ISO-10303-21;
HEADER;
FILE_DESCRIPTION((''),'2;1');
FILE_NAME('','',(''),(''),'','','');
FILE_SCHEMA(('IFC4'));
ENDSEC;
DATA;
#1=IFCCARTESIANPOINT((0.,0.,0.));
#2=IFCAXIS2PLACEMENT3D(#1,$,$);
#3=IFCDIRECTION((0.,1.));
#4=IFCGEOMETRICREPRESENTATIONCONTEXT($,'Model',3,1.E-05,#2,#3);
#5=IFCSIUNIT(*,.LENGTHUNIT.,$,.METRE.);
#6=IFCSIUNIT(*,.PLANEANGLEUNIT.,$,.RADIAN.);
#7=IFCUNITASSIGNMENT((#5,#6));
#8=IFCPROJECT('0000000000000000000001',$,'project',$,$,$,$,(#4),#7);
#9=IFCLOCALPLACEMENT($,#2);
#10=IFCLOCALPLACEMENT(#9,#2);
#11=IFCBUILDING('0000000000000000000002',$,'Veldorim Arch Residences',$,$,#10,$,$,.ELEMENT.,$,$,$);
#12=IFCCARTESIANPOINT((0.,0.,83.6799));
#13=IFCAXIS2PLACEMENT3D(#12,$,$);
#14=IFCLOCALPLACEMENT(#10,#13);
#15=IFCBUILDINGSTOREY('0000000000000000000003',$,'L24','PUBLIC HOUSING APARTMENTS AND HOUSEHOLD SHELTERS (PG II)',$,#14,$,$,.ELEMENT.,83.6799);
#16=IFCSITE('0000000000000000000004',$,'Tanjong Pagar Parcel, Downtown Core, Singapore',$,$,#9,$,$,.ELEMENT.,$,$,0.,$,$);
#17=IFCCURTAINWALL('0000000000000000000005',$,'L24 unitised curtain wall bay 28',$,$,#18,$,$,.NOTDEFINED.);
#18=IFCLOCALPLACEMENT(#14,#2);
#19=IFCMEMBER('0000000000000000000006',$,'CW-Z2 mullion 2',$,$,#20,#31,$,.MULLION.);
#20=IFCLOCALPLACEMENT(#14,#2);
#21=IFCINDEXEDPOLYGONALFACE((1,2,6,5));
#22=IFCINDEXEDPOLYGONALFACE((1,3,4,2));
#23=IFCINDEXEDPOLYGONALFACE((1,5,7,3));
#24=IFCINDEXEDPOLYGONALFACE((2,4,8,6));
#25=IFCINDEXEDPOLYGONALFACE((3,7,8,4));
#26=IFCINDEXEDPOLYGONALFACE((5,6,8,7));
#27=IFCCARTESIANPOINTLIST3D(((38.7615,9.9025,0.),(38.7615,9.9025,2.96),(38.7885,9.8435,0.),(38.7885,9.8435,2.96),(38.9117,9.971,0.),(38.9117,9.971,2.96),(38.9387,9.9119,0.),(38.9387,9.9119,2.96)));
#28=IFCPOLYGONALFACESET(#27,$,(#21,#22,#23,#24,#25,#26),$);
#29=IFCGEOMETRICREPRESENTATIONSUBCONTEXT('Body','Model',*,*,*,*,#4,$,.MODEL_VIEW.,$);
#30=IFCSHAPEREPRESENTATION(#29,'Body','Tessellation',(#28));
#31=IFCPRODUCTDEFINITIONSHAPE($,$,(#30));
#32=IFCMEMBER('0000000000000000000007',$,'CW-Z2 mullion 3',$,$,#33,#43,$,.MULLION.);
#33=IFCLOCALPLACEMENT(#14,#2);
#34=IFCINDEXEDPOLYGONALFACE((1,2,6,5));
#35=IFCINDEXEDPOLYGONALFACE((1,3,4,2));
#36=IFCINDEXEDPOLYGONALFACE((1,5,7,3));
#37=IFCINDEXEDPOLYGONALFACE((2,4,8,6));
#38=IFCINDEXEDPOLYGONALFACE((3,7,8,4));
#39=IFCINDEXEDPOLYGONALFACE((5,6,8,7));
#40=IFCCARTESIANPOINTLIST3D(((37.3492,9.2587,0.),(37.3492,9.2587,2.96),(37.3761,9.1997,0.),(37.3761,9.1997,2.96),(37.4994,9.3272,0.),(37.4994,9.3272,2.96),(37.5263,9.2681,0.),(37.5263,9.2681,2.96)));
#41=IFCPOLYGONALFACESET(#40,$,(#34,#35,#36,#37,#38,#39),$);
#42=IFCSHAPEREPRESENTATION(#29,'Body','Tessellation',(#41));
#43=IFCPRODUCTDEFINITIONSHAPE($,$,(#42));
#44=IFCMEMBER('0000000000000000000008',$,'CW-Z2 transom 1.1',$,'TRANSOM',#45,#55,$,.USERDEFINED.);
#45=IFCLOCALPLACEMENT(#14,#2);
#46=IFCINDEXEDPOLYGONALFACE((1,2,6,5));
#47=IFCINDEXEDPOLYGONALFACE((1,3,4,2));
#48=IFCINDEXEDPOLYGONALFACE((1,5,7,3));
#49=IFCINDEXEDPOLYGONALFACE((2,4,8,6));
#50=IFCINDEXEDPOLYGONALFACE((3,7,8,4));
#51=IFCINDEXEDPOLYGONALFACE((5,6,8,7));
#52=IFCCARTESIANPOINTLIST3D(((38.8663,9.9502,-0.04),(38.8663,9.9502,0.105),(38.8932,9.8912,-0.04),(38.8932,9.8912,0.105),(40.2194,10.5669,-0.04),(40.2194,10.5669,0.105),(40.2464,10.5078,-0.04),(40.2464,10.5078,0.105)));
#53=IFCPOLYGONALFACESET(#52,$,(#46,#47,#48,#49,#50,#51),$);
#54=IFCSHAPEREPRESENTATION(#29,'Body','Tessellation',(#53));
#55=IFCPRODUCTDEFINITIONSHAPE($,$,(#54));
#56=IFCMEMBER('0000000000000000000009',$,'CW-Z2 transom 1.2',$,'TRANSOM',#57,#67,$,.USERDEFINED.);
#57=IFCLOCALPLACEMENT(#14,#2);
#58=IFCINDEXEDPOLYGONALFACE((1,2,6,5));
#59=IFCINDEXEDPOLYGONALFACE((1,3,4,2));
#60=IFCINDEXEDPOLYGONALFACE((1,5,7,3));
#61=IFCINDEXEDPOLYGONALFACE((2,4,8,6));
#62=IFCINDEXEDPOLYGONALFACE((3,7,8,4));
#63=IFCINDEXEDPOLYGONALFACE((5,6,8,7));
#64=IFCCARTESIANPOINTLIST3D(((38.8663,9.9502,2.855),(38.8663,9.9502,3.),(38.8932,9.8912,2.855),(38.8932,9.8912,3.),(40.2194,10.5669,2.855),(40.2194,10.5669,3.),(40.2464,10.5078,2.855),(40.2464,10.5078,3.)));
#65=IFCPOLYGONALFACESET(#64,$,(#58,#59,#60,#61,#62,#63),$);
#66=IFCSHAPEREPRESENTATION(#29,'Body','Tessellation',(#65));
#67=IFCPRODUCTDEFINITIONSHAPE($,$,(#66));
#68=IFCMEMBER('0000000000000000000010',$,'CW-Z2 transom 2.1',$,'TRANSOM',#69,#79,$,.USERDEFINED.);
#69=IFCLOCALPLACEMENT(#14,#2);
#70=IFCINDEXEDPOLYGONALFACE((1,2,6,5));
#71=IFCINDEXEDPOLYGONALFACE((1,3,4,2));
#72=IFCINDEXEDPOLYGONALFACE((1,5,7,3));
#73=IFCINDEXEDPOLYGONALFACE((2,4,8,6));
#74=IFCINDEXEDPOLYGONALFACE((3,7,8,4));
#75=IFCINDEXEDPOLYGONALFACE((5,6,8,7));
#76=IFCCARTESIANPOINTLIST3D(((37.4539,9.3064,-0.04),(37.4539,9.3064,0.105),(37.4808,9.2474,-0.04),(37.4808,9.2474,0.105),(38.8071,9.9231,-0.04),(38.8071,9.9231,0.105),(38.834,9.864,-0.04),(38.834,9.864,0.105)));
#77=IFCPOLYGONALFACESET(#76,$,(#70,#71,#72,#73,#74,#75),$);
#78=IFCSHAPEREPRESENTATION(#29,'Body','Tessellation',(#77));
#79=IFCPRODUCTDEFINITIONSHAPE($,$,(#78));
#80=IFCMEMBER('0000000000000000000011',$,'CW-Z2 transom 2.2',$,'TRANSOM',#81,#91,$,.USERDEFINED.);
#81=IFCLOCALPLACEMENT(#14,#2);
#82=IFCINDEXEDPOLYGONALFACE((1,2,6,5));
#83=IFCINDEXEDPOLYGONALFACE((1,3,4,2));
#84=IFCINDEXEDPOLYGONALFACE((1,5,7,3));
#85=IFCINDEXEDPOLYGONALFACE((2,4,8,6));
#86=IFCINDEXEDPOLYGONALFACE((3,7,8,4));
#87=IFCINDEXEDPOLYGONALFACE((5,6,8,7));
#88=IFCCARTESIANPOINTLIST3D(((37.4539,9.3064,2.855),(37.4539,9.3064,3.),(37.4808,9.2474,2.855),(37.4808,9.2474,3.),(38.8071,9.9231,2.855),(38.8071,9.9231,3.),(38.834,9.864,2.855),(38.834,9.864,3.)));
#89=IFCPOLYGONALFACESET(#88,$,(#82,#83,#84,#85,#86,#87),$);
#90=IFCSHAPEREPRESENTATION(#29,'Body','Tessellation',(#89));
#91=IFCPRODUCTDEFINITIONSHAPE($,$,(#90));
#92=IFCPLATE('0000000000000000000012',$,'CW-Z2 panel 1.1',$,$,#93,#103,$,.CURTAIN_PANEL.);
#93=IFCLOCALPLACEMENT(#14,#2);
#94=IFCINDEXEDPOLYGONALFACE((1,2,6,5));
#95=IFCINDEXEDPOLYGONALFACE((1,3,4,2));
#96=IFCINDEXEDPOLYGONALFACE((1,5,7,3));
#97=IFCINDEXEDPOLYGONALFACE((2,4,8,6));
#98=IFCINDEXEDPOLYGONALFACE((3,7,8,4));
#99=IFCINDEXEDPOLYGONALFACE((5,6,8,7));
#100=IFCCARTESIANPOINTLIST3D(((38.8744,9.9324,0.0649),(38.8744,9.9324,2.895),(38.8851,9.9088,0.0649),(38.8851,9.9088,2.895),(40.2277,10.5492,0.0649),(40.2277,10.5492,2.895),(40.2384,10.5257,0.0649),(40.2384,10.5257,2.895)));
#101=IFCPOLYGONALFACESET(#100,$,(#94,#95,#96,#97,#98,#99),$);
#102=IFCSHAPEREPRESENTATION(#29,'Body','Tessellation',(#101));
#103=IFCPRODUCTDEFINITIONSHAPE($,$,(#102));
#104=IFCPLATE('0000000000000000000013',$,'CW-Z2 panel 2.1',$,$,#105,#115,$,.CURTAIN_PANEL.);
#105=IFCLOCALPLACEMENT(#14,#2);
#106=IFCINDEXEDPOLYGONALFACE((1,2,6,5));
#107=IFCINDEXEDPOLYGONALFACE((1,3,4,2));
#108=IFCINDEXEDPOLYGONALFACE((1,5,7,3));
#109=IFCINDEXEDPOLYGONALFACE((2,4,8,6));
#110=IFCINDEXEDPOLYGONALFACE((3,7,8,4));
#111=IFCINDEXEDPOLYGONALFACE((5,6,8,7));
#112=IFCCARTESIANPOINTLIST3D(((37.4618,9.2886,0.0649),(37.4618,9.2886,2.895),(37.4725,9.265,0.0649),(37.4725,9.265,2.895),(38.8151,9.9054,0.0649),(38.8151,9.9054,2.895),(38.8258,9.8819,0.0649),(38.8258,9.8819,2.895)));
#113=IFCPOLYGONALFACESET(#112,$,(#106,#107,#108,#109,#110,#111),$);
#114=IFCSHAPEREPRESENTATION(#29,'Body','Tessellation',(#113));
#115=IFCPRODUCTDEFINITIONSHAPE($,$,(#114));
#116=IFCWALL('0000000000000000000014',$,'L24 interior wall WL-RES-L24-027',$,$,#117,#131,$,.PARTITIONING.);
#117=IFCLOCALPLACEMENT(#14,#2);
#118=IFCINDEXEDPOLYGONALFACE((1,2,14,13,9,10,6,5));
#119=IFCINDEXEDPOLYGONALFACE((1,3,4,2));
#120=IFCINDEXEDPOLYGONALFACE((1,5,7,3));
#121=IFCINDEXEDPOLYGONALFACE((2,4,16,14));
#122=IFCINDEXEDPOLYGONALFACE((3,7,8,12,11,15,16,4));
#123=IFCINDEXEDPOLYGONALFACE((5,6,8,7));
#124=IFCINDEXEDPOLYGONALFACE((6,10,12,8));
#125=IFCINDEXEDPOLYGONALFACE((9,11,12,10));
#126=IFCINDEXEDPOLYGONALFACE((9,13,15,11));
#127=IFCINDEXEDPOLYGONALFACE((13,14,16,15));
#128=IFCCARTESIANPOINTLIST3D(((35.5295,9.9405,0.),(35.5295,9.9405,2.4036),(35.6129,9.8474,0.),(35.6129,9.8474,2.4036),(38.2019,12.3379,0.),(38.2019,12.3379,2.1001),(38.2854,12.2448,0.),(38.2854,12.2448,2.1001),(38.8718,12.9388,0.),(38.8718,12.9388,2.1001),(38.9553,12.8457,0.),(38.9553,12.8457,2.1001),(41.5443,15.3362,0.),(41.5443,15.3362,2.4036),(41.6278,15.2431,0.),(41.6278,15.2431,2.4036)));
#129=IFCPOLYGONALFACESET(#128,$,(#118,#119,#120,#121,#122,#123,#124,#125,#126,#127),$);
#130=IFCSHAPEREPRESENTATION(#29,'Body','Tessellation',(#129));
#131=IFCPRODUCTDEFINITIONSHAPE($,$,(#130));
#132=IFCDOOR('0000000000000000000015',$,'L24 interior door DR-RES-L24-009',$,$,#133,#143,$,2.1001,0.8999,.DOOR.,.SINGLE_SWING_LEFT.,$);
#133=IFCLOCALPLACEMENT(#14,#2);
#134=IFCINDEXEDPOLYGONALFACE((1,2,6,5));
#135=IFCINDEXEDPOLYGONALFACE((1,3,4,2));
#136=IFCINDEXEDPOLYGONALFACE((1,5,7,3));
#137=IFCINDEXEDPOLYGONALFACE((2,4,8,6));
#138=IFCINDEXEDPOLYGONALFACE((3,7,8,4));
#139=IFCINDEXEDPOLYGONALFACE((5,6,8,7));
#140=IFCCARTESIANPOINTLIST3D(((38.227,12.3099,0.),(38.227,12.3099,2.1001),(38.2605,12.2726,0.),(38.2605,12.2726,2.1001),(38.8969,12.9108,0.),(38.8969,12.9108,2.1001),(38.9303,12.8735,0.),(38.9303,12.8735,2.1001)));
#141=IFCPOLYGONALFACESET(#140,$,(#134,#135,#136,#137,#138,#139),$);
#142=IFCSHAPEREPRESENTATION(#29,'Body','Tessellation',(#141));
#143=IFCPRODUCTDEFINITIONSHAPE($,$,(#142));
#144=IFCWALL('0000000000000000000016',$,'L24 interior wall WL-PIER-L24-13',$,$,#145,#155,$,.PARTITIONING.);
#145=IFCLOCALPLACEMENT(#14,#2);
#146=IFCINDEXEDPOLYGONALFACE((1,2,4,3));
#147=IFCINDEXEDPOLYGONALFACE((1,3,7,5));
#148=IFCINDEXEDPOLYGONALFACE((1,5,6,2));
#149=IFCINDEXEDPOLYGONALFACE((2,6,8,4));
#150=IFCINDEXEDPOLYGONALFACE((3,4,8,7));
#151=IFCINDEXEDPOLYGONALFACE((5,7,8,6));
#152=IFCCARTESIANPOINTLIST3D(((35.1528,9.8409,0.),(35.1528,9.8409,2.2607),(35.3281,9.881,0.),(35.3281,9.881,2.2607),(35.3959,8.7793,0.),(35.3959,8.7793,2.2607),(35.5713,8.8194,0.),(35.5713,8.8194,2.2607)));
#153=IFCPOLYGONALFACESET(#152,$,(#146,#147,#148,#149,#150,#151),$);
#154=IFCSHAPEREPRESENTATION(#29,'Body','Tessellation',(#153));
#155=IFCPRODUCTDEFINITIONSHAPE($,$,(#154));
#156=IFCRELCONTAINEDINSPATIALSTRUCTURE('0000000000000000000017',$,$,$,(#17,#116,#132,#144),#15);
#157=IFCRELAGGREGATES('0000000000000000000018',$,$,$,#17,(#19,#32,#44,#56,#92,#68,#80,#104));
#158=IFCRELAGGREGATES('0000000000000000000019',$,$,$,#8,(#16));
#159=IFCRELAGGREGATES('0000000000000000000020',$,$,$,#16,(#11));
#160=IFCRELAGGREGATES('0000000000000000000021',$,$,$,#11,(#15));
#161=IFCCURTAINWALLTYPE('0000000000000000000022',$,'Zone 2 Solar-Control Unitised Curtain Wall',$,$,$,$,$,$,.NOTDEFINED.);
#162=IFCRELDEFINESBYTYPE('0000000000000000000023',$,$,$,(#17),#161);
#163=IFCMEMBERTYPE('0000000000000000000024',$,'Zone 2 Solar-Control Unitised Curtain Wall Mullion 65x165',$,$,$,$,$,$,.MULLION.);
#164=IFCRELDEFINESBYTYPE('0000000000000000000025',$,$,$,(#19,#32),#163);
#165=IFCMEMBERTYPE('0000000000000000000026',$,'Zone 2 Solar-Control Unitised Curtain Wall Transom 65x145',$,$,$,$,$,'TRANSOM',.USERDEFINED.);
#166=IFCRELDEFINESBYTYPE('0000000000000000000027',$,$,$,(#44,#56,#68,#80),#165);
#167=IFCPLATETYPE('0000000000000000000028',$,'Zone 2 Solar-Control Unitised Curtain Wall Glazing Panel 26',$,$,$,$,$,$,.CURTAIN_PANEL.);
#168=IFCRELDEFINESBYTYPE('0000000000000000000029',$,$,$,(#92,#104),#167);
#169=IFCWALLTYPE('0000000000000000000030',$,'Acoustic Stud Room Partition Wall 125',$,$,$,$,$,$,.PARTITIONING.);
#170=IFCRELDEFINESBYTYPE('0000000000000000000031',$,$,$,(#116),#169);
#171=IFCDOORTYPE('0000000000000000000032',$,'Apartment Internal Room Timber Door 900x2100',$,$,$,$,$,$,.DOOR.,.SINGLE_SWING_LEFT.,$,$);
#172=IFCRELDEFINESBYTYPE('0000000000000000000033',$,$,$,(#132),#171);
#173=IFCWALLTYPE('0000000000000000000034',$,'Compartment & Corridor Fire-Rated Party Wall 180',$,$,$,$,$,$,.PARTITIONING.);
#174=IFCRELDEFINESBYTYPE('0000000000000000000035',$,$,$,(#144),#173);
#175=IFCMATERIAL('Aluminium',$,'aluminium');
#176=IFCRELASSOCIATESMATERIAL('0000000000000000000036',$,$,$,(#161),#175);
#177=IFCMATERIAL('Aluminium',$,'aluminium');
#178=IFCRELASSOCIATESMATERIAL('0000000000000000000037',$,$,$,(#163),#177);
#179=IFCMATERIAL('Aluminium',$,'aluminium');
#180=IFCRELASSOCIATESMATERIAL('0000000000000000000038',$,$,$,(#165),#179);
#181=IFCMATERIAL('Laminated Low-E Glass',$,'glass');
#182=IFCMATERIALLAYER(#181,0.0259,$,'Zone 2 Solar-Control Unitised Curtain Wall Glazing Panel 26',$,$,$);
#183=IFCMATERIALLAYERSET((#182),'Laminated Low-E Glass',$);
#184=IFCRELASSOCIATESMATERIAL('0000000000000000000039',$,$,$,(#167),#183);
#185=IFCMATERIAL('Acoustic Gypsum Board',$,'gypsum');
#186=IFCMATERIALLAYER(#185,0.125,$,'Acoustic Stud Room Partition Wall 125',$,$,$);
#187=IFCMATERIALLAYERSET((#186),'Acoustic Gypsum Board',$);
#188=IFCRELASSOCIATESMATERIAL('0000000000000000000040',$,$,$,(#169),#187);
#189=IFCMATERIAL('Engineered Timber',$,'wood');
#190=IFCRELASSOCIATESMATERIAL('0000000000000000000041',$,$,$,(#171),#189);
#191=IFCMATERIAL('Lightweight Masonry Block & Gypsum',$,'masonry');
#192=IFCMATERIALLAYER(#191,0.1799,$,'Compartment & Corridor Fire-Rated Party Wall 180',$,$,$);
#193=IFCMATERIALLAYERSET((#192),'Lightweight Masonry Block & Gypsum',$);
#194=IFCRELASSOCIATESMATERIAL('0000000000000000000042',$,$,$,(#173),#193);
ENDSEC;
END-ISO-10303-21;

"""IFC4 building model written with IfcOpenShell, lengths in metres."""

from ifc_helpers import new_model, si_unit, direction, frame, frame_2d, origin, origin_2d, place, context, subcontext, project, spatial, rectangle, extrude, material, layer, layer_set, material_profile, profile_set, type_object, element, fill, aggregate, save


model = new_model("IFC4")

# Units and contexts
model_context = context("Model", 3, precision=1e-05, world=origin(), true_north=direction((0.0, 1.0)))
body_context = subcontext(model_context, "Body", "Model", "MODEL_VIEW")
ifc_project = project(units=[si_unit("LENGTHUNIT", "METRE"), si_unit("PLANEANGLEUNIT", "RADIAN")], contexts=[model_context])

# Site, building, storey
site_placement = place(None, origin())
site = spatial("IfcSite", under=ifc_project, at=site_placement, Name="Tanjong Pagar Parcel, Downtown Core, Singapore", CompositionType="ELEMENT", RefElevation=0.0)
building_placement = place(site_placement, origin())
building = spatial("IfcBuilding", under=site, at=building_placement, Name="Veldorim Arch Residences", CompositionType="ELEMENT")
storey_placement = place(building_placement, frame((0.0, 0.0, 83.6799)))
storey = spatial("IfcBuildingStorey", under=building, at=storey_placement, Name="L24", Description="PUBLIC HOUSING APARTMENTS AND HOUSEHOLD SHELTERS (PG II)", CompositionType="ELEMENT", Elevation=83.6799)

# Curtain wall, members, plates
ifc_material_1 = material(Name="Aluminium", Category="aluminium")
curtain_wall_type = type_object("IfcCurtainWallType", Name="Zone 2 Solar-Control Unitised Curtain Wall", PredefinedType="NOTDEFINED", material=ifc_material_1)
curtain_wall_placement = place(storey_placement, origin())
curtain_wall = element("IfcCurtainWall", 1, at=curtain_wall_placement, inside=storey, type_object=curtain_wall_type, Name="L24 unitised curtain wall bay 28", PredefinedType="NOTDEFINED")
ifc_material_2 = material(Name="Aluminium", Category="aluminium")
ifc_material_profile_1 = material_profile(ifc_material_2, rectangle(XDim=0.0649, YDim=0.165, at=origin_2d()), Name="ALU_MUL_65x165")
ifc_profile_set_1 = profile_set([ifc_material_profile_1], Name="Aluminium")
member_type_1 = type_object("IfcMemberType", Name="Zone 2 Solar-Control Unitised Curtain Wall Mullion 65x165", PredefinedType="MULLION", material=ifc_profile_set_1)
member_1_placement = place(storey_placement, frame((38.8501, 9.9072, 0.0), z_axis=(0.0, 0.0, 1.0), x_axis=(0.414742, -0.909939, 0.0)))
member_1 = element("IfcMember", 2, at=member_1_placement, type_object=member_type_1, Name="CW-Z2 mullion 2", PredefinedType="MULLION", context=body_context, shape_type="SweptSolid", body=[
    extrude(rectangle(XDim=0.0649, YDim=0.165, at=origin_2d()), origin(), (0.0, 0.0, 1.0), 2.96),
])
member_2_placement = place(storey_placement, frame((37.4377, 9.2634, 0.0), z_axis=(0.0, 0.0, 1.0), x_axis=(0.414742, -0.909939, 0.0)))
member_2 = element("IfcMember", 3, at=member_2_placement, type_object=member_type_1, Name="CW-Z2 mullion 3", PredefinedType="MULLION", context=body_context, shape_type="SweptSolid", body=[
    extrude(rectangle(XDim=0.0649, YDim=0.165, at=origin_2d()), origin(), (0.0, 0.0, 1.0), 2.96),
])
ifc_material_3 = material(Name="Aluminium", Category="aluminium")
ifc_material_profile_2 = material_profile(ifc_material_3, rectangle(XDim=0.0649, YDim=0.145, at=origin_2d()), Name="ALU_TRN_65x145")
ifc_profile_set_2 = profile_set([ifc_material_profile_2], Name="Aluminium")
member_type_2 = type_object("IfcMemberType", Name="Zone 2 Solar-Control Unitised Curtain Wall Transom 65x145", ElementType="TRANSOM", PredefinedType="USERDEFINED", material=ifc_profile_set_2)
member_3_placement = place(storey_placement, frame((40.2329, 10.5374, 0.0325), z_axis=(-0.909967, -0.414681, 0.0), x_axis=(0.414681, -0.909967, 0.0)))
member_3 = element("IfcMember", 4, at=member_3_placement, type_object=member_type_2, Name="CW-Z2 transom 1.1", ObjectType="TRANSOM", PredefinedType="USERDEFINED", context=body_context, shape_type="SweptSolid", body=[
    extrude(rectangle(XDim=0.0649, YDim=0.145, at=origin_2d()), origin(), (0.0, 0.0, 1.0), 1.4871),
])
member_4_placement = place(storey_placement, frame((40.2329, 10.5374, 2.9275), z_axis=(-0.909967, -0.414681, 0.0), x_axis=(0.414681, -0.909967, 0.0)))
member_4 = element("IfcMember", 5, at=member_4_placement, type_object=member_type_2, Name="CW-Z2 transom 1.2", ObjectType="TRANSOM", PredefinedType="USERDEFINED", context=body_context, shape_type="SweptSolid", body=[
    extrude(rectangle(XDim=0.0649, YDim=0.145, at=origin_2d()), origin(), (0.0, 0.0, 1.0), 1.4871),
])
member_5_placement = place(storey_placement, frame((38.8206, 9.8936, 0.0325), z_axis=(-0.909967, -0.414681, 0.0), x_axis=(0.414681, -0.909967, 0.0)))
member_5 = element("IfcMember", 6, at=member_5_placement, type_object=member_type_2, Name="CW-Z2 transom 2.1", ObjectType="TRANSOM", PredefinedType="USERDEFINED", context=body_context, shape_type="SweptSolid", body=[
    extrude(rectangle(XDim=0.0649, YDim=0.145, at=origin_2d()), origin(), (0.0, 0.0, 1.0), 1.4871),
])
member_6_placement = place(storey_placement, frame((38.8206, 9.8936, 2.9275), z_axis=(-0.909967, -0.414681, 0.0), x_axis=(0.414681, -0.909967, 0.0)))
member_6 = element("IfcMember", 7, at=member_6_placement, type_object=member_type_2, Name="CW-Z2 transom 2.2", ObjectType="TRANSOM", PredefinedType="USERDEFINED", context=body_context, shape_type="SweptSolid", body=[
    extrude(rectangle(XDim=0.0649, YDim=0.145, at=origin_2d()), origin(), (0.0, 0.0, 1.0), 1.4871),
])
ifc_material_4 = material(Name="Laminated Low-E Glass", Category="glass")
ifc_layer_1 = layer(ifc_material_4, 0.0259, Name="Zone 2 Solar-Control Unitised Curtain Wall Glazing Panel 26")
ifc_layer_set_1 = layer_set([ifc_layer_1], Name="Laminated Low-E Glass")
plate_type = type_object("IfcPlateType", Name="Zone 2 Solar-Control Unitised Curtain Wall Glazing Panel 26", PredefinedType="CURTAIN_PANEL", material=ifc_layer_set_1)
plate_1_placement = place(storey_placement, frame((39.5564, 10.229, 0.0649), z_axis=(0.0, 0.0, 1.0), x_axis=(-0.909939, -0.414742, 0.0)))
plate_1 = element("IfcPlate", 8, at=plate_1_placement, type_object=plate_type, Name="CW-Z2 panel 1.1", PredefinedType="CURTAIN_PANEL", context=body_context, shape_type="SweptSolid", body=[
    extrude(rectangle(XDim=1.4873, YDim=0.0259, at=origin_2d()), origin(), (0.0, 0.0, 1.0), 2.8301),
])
plate_2_placement = place(storey_placement, frame((38.1438, 9.5852, 0.0649), z_axis=(0.0, 0.0, 1.0), x_axis=(-0.909939, -0.414742, 0.0)))
plate_2 = element("IfcPlate", 9, at=plate_2_placement, type_object=plate_type, Name="CW-Z2 panel 2.1", PredefinedType="CURTAIN_PANEL", context=body_context, shape_type="SweptSolid", body=[
    extrude(rectangle(XDim=1.4873, YDim=0.0259, at=origin_2d()), origin(), (0.0, 0.0, 1.0), 2.8301),
])
aggregate(curtain_wall, [member_1, member_2, member_3, member_4, plate_1, member_5, member_6, plate_2])

# Wall, opening, door
ifc_material_5 = material(Name="Acoustic Gypsum Board", Category="gypsum")
ifc_layer_2 = layer(ifc_material_5, 0.125, Name="Acoustic Stud Room Partition Wall 125")
ifc_layer_set_2 = layer_set([ifc_layer_2], Name="Acoustic Gypsum Board")
wall_type_1 = type_object("IfcWallType", Name="Acoustic Stud Room Partition Wall 125", PredefinedType="PARTITIONING", material=ifc_layer_set_2)
wall_1_placement = place(storey_placement, frame((35.5713, 9.894, 0.0), z_axis=(0.0, 0.0, 1.0), x_axis=(0.744379, 0.667757, 0.0)))
wall_1 = element("IfcWall", 10, at=wall_1_placement, inside=storey, type_object=wall_type_1, Name="L24 interior wall WL-RES-L24-027", PredefinedType="PARTITIONING", context=body_context, shape_type="SweptSolid", body=[
    extrude(rectangle(XDim=8.0803, YDim=0.125, at=frame_2d((4.04, 0.0))), origin(), (0.0, 0.0, 1.0), 2.4036),
])
opening_1_placement = place(wall_1_placement, frame((3.5901, 0.0, 0.0)))
opening_1 = element("IfcOpeningElement", 11, at=opening_1_placement, cuts=wall_1, PredefinedType="OPENING", context=body_context, shape_type="SweptSolid", body=[
    extrude(rectangle(XDim=0.8999, YDim=2.1001, at=frame_2d((0.45, 1.05))), frame((0.0, 0.0725, 0.0), z_axis=(0.0, -1.0, 0.0), x_axis=(1.0, 0.0, 0.0)), (0.0, 0.0, 1.0), 0.145),
])
ifc_material_6 = material(Name="Engineered Timber", Category="wood")
door_type_1 = type_object("IfcDoorType", Name="Apartment Internal Room Timber Door 900x2100", OperationType="SINGLE_SWING_LEFT", PredefinedType="DOOR", material=ifc_material_6)
door_1_placement = place(opening_1_placement, origin())
door_1 = element("IfcDoor", 12, at=door_1_placement, inside=storey, type_object=door_type_1, Name="L24 interior door DR-RES-L24-009", OperationType="SINGLE_SWING_LEFT", OverallHeight=2.1001, OverallWidth=0.8999, PredefinedType="DOOR", context=body_context, shape_type="SweptSolid", body=[
    extrude(rectangle(XDim=0.8999, YDim=2.1001, at=frame_2d((0.45, 1.05))), frame((0.0, 0.0249, 0.0), z_axis=(0.0, -1.0, 0.0), x_axis=(1.0, 0.0, 0.0)), (0.0, 0.0, 1.0), 0.05),
])
fill(opening_1, door_1)

# Wall
ifc_material_7 = material(Name="Lightweight Masonry Block & Gypsum", Category="masonry")
ifc_layer_3 = layer(ifc_material_7, 0.1799, Name="Compartment & Corridor Fire-Rated Party Wall 180")
ifc_layer_set_3 = layer_set([ifc_layer_3], Name="Lightweight Masonry Block & Gypsum")
wall_type_2 = type_object("IfcWallType", Name="Compartment & Corridor Fire-Rated Party Wall 180", PredefinedType="PARTITIONING", material=ifc_layer_set_3)
wall_2_placement = place(storey_placement, frame((35.2405, 9.8608, 0.0), z_axis=(0.0, 0.0, 1.0), x_axis=(0.223287, -0.974753, 0.0)))
element("IfcWall", 13, at=wall_2_placement, inside=storey, type_object=wall_type_2, Name="L24 interior wall WL-PIER-L24-13", PredefinedType="PARTITIONING", context=body_context, shape_type="SweptSolid", body=[
    extrude(rectangle(XDim=1.0891, YDim=0.1799, at=frame_2d((0.5444, 0.0))), origin(), (0.0, 0.0, 1.0), 2.2607),
])

save(model, "model.ifc")
